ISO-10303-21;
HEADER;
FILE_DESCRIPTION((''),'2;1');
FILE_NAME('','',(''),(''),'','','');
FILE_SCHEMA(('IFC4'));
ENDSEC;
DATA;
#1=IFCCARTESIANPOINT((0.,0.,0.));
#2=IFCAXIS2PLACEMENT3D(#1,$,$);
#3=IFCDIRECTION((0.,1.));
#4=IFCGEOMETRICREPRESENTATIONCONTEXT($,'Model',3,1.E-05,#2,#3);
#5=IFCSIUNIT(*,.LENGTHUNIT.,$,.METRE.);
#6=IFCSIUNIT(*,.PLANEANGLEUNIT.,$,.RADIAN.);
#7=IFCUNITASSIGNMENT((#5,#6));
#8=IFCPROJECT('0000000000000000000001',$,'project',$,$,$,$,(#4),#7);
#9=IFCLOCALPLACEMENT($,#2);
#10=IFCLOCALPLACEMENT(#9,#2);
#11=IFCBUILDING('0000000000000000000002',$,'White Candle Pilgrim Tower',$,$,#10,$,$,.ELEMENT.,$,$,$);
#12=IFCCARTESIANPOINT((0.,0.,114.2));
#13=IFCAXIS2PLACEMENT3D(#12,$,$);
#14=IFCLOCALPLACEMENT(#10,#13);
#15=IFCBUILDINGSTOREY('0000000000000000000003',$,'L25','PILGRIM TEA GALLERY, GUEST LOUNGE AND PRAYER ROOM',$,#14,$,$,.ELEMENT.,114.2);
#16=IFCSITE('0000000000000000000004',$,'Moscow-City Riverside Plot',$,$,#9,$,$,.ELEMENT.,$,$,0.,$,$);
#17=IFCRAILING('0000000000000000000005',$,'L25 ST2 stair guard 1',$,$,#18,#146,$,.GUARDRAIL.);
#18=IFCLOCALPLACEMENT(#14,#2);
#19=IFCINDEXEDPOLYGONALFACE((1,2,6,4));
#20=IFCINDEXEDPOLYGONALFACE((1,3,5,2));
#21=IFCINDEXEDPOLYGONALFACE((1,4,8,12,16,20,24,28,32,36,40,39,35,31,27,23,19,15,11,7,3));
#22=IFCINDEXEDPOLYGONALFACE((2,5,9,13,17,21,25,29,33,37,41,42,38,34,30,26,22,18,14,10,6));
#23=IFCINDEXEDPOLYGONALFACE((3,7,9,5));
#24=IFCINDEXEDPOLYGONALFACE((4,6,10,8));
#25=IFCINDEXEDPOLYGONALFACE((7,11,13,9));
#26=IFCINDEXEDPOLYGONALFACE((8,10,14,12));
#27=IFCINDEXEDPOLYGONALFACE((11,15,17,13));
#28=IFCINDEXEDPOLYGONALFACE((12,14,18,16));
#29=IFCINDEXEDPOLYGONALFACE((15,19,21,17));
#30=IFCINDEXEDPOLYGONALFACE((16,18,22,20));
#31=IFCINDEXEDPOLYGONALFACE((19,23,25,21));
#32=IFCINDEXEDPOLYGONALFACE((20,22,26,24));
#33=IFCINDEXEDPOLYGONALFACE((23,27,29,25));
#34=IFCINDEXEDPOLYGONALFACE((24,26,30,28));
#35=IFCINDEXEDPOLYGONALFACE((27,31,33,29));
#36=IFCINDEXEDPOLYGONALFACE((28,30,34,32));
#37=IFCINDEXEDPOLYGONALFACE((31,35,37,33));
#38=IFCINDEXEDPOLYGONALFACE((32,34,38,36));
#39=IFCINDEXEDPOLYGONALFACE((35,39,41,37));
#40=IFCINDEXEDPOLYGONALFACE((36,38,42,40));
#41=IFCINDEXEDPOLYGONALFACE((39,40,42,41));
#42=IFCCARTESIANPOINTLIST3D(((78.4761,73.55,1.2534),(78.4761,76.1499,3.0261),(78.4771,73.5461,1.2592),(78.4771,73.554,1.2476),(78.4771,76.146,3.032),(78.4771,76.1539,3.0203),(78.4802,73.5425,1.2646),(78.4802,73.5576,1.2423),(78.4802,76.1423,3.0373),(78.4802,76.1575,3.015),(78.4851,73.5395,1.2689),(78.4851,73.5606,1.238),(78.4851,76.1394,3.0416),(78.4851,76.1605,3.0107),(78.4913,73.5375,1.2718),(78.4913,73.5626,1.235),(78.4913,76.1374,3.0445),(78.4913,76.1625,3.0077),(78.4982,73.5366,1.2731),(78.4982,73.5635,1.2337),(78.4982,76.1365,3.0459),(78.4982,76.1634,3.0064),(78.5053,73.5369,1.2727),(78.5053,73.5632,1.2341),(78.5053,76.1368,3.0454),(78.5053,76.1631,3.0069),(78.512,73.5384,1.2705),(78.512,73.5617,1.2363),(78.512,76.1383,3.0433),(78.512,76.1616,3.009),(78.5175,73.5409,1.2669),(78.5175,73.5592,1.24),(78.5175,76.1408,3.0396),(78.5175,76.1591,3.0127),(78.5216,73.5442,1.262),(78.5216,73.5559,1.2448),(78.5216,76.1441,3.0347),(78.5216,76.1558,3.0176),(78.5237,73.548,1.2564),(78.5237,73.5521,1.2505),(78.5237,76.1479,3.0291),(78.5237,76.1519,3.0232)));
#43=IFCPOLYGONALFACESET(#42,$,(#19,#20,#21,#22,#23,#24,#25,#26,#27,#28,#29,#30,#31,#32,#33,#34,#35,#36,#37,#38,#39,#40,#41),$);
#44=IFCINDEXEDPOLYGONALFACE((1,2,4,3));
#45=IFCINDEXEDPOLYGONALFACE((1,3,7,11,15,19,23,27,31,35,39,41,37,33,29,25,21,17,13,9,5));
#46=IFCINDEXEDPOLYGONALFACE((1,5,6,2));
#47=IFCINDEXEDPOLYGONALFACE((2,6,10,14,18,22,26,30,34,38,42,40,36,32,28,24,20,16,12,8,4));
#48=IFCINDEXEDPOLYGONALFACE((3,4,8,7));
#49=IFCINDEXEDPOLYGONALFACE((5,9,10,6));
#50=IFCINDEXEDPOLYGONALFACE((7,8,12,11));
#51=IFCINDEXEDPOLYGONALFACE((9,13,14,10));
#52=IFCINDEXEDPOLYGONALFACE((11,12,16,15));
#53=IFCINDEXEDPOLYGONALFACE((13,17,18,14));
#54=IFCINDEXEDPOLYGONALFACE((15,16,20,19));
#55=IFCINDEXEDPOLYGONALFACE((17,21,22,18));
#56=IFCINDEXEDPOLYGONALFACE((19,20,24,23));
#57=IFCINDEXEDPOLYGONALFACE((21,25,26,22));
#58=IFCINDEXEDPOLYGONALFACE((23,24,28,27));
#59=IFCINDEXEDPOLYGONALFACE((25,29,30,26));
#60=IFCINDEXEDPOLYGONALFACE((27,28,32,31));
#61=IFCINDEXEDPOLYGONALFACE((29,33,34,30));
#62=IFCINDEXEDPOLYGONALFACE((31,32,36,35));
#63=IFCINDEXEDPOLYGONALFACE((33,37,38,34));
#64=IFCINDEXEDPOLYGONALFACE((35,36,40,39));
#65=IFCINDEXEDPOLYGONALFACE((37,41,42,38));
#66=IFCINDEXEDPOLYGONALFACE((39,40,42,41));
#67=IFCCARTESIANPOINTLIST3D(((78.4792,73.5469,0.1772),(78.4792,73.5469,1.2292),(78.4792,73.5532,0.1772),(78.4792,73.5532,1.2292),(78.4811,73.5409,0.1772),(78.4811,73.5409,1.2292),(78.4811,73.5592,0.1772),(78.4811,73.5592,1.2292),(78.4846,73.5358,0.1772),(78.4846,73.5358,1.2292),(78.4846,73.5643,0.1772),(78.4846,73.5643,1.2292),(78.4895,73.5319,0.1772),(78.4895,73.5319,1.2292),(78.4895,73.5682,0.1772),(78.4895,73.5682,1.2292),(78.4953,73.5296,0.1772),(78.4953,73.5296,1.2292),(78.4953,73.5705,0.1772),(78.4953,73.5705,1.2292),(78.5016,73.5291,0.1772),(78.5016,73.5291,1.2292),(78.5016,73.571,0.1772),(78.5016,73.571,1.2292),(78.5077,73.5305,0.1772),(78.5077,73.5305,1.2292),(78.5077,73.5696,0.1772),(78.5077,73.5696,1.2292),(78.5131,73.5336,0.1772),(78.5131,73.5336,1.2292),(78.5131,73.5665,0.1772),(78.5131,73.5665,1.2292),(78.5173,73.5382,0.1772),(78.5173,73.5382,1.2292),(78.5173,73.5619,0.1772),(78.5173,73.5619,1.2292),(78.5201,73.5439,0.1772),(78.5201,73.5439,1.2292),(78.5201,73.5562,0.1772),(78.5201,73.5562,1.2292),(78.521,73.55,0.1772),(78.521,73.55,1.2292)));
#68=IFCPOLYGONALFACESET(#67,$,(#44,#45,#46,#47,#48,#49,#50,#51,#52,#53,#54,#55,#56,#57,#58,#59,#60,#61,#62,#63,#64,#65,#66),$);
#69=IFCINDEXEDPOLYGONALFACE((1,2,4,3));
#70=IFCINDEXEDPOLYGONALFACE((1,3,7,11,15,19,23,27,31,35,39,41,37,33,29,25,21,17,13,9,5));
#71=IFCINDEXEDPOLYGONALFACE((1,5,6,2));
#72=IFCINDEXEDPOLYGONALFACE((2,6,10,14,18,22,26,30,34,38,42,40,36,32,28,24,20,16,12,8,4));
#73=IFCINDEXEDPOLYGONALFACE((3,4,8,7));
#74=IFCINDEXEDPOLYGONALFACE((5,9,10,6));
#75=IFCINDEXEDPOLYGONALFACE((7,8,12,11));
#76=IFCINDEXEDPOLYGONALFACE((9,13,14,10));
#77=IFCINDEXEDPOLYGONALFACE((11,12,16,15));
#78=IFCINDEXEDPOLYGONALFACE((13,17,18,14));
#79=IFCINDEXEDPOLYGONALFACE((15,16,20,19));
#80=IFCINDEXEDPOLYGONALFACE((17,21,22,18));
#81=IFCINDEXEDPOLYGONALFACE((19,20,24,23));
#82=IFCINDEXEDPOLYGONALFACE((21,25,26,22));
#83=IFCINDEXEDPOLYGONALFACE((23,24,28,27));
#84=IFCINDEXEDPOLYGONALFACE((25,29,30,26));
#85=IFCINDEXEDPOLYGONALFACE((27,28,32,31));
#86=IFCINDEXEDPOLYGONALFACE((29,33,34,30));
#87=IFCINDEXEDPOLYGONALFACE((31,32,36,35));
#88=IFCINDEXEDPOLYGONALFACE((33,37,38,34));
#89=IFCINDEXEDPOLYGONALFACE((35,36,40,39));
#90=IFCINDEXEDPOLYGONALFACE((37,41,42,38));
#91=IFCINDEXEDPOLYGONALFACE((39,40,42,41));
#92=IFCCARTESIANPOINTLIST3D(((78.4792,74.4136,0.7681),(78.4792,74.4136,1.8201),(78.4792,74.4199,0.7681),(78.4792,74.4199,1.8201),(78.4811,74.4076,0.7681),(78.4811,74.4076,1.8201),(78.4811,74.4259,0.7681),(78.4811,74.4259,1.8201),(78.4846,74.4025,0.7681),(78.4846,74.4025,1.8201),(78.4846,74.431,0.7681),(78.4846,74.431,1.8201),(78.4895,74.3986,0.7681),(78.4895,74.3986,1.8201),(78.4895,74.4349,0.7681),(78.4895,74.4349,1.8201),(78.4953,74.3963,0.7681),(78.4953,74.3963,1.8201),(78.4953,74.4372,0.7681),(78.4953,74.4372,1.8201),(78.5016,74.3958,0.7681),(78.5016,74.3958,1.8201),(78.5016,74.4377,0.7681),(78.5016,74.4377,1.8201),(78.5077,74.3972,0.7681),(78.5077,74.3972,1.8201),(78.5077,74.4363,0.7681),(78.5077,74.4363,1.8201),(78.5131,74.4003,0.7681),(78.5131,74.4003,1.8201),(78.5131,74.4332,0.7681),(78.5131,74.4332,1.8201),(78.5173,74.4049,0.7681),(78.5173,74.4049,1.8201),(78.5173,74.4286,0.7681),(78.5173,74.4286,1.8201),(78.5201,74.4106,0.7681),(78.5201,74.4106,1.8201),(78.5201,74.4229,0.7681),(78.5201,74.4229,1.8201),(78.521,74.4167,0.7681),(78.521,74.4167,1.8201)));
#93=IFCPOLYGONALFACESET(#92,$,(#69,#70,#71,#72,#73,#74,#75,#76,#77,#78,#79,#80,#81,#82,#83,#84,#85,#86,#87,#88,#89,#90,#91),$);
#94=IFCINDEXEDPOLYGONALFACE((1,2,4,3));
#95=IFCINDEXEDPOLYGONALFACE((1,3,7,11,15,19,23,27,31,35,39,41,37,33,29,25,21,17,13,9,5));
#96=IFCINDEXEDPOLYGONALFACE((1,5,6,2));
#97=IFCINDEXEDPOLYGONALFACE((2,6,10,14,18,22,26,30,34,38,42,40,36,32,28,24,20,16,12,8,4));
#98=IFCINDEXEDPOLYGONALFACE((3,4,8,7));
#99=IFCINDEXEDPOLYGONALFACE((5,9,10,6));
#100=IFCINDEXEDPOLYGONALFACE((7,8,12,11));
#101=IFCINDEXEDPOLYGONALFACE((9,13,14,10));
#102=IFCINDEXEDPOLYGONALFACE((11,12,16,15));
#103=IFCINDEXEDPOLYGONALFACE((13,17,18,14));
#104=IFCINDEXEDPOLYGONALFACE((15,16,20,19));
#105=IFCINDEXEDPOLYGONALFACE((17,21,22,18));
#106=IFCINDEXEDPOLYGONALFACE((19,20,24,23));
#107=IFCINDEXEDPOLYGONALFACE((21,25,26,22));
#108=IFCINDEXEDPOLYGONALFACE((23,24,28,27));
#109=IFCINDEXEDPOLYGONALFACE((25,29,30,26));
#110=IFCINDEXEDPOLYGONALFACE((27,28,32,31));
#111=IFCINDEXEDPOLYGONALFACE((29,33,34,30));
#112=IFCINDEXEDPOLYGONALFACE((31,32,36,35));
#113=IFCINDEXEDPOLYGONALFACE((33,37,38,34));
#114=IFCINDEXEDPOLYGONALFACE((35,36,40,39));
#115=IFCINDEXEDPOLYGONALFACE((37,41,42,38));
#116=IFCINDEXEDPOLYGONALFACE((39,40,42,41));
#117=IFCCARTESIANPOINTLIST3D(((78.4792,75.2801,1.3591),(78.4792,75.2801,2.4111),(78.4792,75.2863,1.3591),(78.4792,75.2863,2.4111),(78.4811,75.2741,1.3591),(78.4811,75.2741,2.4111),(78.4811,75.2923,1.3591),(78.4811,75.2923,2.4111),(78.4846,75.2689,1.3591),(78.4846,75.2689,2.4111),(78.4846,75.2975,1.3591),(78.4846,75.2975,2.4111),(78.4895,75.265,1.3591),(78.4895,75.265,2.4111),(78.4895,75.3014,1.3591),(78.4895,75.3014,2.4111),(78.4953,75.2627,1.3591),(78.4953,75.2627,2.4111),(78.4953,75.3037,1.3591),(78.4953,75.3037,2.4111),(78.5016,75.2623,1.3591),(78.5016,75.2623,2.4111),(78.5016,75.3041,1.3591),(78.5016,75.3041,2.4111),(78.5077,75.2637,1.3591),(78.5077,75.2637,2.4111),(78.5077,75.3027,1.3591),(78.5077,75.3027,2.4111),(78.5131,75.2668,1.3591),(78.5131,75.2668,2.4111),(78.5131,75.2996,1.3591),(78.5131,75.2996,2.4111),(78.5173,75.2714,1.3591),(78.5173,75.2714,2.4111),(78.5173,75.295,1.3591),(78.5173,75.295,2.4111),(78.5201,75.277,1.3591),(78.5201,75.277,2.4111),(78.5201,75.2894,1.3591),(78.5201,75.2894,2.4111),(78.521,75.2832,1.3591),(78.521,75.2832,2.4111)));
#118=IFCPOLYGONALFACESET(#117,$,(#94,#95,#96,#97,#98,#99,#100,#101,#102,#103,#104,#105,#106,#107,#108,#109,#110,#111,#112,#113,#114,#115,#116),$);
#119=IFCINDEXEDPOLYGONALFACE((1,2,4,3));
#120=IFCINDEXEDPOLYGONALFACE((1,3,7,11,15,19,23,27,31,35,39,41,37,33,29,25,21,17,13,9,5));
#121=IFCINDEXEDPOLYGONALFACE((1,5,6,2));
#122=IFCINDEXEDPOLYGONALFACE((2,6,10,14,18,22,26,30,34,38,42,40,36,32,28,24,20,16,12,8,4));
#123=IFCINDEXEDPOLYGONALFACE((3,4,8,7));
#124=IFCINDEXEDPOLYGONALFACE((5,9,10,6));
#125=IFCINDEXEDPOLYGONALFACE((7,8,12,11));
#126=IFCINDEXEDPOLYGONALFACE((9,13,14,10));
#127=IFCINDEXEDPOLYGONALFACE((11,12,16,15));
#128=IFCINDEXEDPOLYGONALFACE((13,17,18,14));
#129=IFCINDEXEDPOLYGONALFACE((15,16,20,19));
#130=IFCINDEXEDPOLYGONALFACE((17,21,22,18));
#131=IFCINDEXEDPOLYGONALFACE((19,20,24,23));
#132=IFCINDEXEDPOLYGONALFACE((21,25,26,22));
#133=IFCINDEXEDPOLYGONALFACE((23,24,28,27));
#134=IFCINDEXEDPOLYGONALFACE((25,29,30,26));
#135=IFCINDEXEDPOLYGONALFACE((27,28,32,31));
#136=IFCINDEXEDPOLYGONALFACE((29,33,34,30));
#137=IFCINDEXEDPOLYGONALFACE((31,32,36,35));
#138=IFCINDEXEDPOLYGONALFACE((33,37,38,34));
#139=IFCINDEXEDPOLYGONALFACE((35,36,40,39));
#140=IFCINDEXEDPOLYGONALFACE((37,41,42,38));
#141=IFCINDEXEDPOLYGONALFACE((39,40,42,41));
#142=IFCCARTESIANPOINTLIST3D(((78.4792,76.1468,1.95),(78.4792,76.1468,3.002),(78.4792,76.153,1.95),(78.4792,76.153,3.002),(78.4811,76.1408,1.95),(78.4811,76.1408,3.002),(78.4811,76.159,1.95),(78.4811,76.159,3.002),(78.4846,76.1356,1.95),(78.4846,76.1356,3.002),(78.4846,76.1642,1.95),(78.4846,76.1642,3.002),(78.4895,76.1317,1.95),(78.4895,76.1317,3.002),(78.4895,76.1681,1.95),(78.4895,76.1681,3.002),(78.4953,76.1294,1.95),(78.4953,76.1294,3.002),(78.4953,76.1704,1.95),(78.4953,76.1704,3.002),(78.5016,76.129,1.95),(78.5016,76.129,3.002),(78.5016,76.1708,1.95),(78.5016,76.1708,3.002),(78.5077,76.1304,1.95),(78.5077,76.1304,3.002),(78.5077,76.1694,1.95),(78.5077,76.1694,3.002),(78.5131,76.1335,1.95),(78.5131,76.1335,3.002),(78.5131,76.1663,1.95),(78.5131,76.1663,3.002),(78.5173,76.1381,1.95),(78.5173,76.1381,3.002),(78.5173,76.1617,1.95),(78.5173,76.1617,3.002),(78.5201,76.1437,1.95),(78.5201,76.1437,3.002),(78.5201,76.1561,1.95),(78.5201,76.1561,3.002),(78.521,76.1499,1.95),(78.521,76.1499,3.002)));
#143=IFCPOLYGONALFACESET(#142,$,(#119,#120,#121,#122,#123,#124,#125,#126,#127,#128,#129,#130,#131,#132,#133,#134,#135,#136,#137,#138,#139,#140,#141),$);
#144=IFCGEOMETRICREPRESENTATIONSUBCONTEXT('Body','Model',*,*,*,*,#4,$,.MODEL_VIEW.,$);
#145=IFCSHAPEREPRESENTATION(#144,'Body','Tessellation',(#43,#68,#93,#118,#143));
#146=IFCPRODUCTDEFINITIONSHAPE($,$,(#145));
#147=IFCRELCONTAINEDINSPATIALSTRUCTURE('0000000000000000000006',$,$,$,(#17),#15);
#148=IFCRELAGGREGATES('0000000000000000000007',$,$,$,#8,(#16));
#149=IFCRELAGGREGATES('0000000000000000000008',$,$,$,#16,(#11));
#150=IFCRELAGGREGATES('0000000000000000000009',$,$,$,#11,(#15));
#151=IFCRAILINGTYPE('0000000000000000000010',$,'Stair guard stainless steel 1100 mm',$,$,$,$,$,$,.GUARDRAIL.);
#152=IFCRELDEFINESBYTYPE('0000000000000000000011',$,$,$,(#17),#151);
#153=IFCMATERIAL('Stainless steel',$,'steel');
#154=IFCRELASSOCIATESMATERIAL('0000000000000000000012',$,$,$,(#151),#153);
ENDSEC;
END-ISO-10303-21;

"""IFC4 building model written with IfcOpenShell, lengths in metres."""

from ifc_helpers import new_model, si_unit, direction, frame, origin, origin_2d, place, context, subcontext, project, spatial, circle, extrude, material, type_object, element, save


model = new_model("IFC4")

# Units and contexts
model_context = context("Model", 3, precision=1e-05, world=origin(), true_north=direction((0.0, 1.0)))
body_context = subcontext(model_context, "Body", "Model", "MODEL_VIEW")
ifc_project = project(units=[si_unit("LENGTHUNIT", "METRE"), si_unit("PLANEANGLEUNIT", "RADIAN")], contexts=[model_context])

# Site, building, storey
site_placement = place(None, origin())
site = spatial("IfcSite", under=ifc_project, at=site_placement, Name="Moscow-City Riverside Plot", CompositionType="ELEMENT", RefElevation=0.0)
building_placement = place(site_placement, origin())
building = spatial("IfcBuilding", under=site, at=building_placement, Name="White Candle Pilgrim Tower", CompositionType="ELEMENT")
storey_placement = place(building_placement, frame((0.0, 0.0, 114.2)))
storey = spatial("IfcBuildingStorey", under=building, at=storey_placement, Name="L25", Description="PILGRIM TEA GALLERY, GUEST LOUNGE AND PRAYER ROOM", CompositionType="ELEMENT", Elevation=114.2)

# Railing
ifc_material_1 = material(Name="Stainless steel", Category="steel")
railing_type_1 = type_object("IfcRailingType", Name="Stair guard stainless steel 1100 mm", PredefinedType="GUARDRAIL", material=ifc_material_1)
railing_1_placement = place(storey_placement, frame((78.5, 73.55, 0.1772)))
element("IfcRailing", 1, at=railing_1_placement, inside=storey, type_object=railing_type_1, Name="L25 ST2 stair guard 1", PredefinedType="GUARDRAIL", context=body_context, shape_type="SweptSolid", body=[
    extrude(circle(Radius=0.0239, at=origin_2d()), frame((0.0, 0.0, 1.0762), z_axis=(0.0, 0.826216, 0.563354), x_axis=(-1.0, 0.0, 0.0)), (0.0, 0.0, 1.0), 3.1467),
    extrude(circle(Radius=0.021, at=origin_2d()), origin(), (0.0, 0.0, 1.0), 1.052),
    extrude(circle(Radius=0.021, at=origin_2d()), frame((0.0, 0.8667, 0.5908)), (0.0, 0.0, 1.0), 1.052),
    extrude(circle(Radius=0.021, at=origin_2d()), frame((0.0, 1.7332, 1.1819)), (0.0, 0.0, 1.0), 1.052),
    extrude(circle(Radius=0.021, at=origin_2d()), frame((0.0, 2.5999, 1.7727)), (0.0, 0.0, 1.0), 1.052),
])

save(model, "model.ifc")
